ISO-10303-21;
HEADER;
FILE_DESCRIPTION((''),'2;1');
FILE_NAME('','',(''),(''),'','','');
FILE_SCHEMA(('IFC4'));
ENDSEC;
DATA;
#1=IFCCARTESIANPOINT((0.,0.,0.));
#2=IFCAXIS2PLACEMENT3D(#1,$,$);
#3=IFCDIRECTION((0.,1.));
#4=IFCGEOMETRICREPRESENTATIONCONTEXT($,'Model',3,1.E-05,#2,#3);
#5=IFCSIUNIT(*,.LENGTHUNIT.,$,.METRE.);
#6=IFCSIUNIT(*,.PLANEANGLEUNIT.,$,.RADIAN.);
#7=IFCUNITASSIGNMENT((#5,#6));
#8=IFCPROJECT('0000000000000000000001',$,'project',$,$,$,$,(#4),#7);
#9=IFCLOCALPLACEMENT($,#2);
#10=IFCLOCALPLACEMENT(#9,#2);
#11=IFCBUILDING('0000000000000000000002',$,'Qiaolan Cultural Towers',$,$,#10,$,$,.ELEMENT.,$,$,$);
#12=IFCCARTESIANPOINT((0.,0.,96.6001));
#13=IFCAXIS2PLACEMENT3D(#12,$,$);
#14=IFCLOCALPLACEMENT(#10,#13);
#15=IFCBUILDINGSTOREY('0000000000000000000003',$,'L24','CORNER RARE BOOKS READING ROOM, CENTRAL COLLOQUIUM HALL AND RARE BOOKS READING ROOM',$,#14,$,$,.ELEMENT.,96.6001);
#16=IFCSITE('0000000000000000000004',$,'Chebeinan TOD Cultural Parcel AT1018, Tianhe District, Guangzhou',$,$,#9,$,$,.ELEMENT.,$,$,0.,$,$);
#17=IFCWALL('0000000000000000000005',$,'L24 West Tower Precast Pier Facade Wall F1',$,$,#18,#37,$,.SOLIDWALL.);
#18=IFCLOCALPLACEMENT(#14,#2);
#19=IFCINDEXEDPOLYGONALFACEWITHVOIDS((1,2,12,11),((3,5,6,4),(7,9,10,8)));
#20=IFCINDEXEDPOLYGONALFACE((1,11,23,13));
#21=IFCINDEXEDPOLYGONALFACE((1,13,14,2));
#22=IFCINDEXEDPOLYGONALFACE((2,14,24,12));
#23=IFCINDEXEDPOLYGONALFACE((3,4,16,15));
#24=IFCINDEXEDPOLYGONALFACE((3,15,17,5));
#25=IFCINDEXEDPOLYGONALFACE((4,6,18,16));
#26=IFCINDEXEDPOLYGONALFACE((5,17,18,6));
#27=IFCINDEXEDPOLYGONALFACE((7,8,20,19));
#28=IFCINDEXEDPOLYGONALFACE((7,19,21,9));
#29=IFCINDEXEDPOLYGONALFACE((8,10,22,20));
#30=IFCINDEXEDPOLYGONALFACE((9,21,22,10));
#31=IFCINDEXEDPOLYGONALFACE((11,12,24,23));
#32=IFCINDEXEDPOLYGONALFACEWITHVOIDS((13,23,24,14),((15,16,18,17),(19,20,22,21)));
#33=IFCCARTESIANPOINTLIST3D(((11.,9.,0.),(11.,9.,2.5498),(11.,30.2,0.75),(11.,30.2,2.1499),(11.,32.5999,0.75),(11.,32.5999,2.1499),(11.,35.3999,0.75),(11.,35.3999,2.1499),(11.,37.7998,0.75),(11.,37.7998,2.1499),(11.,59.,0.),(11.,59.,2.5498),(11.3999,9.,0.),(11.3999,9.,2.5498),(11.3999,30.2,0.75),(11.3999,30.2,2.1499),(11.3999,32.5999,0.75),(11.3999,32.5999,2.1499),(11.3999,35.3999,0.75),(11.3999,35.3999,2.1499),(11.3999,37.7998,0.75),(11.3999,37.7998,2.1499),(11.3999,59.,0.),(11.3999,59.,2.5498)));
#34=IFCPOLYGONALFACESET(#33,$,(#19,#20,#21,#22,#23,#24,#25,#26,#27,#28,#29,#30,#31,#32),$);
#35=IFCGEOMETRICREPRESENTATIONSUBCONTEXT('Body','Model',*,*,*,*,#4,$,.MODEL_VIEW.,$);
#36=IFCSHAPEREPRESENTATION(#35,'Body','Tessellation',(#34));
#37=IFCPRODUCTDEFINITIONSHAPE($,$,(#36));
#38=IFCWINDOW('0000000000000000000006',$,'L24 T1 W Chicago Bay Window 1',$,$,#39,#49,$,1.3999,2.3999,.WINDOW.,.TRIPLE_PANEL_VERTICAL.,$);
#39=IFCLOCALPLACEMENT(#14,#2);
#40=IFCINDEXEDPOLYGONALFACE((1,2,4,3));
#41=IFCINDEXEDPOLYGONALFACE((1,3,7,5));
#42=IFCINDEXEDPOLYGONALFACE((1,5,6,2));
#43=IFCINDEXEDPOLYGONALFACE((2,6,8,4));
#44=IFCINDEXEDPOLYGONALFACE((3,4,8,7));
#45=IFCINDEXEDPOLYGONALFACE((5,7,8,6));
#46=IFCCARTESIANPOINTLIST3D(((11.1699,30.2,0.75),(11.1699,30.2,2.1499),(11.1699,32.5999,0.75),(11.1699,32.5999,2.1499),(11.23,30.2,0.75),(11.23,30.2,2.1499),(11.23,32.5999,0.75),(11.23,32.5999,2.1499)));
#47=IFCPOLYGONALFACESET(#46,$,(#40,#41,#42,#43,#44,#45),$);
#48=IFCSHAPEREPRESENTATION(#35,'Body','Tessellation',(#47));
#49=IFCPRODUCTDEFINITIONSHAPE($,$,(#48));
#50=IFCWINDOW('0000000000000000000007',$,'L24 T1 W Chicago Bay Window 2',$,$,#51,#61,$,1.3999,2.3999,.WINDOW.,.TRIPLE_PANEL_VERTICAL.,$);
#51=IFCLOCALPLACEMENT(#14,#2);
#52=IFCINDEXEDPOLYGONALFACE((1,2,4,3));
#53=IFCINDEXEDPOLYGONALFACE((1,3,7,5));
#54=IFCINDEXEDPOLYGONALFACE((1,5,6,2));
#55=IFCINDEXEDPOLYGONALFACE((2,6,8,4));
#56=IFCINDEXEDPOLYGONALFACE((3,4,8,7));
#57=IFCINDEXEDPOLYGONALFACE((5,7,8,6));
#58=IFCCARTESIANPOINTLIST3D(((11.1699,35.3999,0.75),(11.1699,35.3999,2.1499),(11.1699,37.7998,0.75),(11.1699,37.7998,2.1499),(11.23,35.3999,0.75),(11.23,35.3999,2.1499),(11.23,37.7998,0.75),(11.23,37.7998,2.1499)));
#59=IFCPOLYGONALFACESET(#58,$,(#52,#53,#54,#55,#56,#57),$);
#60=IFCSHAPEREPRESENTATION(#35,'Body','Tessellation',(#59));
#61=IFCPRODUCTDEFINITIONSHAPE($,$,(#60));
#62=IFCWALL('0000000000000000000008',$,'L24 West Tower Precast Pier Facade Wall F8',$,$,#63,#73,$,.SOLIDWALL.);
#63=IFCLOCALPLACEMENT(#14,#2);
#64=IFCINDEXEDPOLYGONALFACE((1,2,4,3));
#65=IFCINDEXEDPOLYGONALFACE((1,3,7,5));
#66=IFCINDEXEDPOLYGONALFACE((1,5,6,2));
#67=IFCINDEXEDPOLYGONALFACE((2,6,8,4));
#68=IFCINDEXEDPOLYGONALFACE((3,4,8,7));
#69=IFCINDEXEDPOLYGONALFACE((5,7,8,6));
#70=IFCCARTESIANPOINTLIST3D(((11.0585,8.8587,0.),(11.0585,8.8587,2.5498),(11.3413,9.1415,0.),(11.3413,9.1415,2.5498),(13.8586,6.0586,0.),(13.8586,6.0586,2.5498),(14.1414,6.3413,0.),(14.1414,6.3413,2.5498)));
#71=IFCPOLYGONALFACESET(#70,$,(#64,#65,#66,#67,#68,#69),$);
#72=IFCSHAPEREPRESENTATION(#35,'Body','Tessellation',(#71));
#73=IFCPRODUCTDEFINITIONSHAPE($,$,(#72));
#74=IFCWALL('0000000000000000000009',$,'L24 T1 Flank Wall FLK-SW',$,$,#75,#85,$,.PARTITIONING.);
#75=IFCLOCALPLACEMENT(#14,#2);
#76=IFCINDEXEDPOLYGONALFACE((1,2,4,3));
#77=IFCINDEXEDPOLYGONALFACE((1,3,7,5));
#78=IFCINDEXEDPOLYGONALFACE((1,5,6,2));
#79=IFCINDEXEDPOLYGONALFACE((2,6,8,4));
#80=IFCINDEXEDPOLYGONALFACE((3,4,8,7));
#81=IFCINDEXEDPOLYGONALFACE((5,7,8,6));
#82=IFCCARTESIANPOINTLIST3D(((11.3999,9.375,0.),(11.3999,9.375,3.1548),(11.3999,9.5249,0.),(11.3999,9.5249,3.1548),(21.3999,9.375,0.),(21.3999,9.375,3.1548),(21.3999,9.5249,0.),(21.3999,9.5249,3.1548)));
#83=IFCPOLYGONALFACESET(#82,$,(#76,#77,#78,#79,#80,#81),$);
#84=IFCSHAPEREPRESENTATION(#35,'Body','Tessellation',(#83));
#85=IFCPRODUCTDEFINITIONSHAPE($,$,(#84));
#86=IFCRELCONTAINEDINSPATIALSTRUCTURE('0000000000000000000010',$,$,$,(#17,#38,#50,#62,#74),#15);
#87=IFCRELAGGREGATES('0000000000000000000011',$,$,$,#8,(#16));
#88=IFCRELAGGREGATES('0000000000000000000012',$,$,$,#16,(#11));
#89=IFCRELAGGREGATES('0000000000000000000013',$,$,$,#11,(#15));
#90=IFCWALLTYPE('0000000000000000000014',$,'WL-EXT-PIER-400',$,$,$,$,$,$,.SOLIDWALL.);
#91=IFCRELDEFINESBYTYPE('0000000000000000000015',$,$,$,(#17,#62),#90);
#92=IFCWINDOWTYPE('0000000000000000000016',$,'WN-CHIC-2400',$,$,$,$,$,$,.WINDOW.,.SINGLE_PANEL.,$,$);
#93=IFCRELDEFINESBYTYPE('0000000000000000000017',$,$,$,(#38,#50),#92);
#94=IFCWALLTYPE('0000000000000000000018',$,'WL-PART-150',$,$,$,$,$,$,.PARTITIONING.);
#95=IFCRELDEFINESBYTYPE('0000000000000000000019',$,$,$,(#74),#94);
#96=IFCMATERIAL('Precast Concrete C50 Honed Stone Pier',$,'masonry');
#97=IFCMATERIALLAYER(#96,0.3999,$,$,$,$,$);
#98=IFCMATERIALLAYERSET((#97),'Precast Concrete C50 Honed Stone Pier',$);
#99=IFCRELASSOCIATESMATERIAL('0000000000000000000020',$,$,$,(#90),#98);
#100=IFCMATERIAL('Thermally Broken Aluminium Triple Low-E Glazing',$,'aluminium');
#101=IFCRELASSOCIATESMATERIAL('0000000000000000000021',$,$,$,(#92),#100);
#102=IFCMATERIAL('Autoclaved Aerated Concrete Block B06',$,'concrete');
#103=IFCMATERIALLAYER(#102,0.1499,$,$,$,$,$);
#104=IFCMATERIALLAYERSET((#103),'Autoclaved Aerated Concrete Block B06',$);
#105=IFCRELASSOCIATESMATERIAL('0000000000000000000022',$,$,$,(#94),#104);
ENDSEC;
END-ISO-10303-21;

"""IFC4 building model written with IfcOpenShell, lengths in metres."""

from ifc_helpers import new_model, si_unit, direction, frame, frame_2d, origin, place, context, subcontext, project, spatial, rectangle, extrude, material, layer, layer_set, type_object, element, fill, save


model = new_model("IFC4")

# Units and contexts
model_context = context("Model", 3, precision=1e-05, world=origin(), true_north=direction((0.0, 1.0)))
body_context = subcontext(model_context, "Body", "Model", "MODEL_VIEW")
ifc_project = project(units=[si_unit("LENGTHUNIT", "METRE"), si_unit("PLANEANGLEUNIT", "RADIAN")], contexts=[model_context])

# Site, building, storey
site_placement = place(None, origin())
site = spatial("IfcSite", under=ifc_project, at=site_placement, Name="Chebeinan TOD Cultural Parcel AT1018, Tianhe District, Guangzhou", CompositionType="ELEMENT", RefElevation=0.0)
building_placement = place(site_placement, origin())
building = spatial("IfcBuilding", under=site, at=building_placement, Name="Qiaolan Cultural Towers", CompositionType="ELEMENT")
storey_placement = place(building_placement, frame((0.0, 0.0, 96.6001)))
storey = spatial("IfcBuildingStorey", under=building, at=storey_placement, Name="L24", Description="CORNER RARE BOOKS READING ROOM, CENTRAL COLLOQUIUM HALL AND RARE BOOKS READING ROOM", CompositionType="ELEMENT", Elevation=96.6001)

# Wall, openings, windows
ifc_material_1 = material(Name="Precast Concrete C50 Honed Stone Pier", Category="masonry")
ifc_layer_1 = layer(ifc_material_1, 0.3999)
ifc_layer_set_1 = layer_set([ifc_layer_1], Name="Precast Concrete C50 Honed Stone Pier")
wall_type_1 = type_object("IfcWallType", Name="WL-EXT-PIER-400", PredefinedType="SOLIDWALL", material=ifc_layer_set_1)
wall_1_placement = place(storey_placement, frame((11.2, 9.0, 0.0), z_axis=(0.0, 0.0, 1.0), x_axis=(0.0, 1.0, 0.0)))
wall_1 = element("IfcWall", 1, at=wall_1_placement, inside=storey, type_object=wall_type_1, Name="L24 West Tower Precast Pier Facade Wall F1", PredefinedType="SOLIDWALL", context=body_context, shape_type="SweptSolid", body=[
    extrude(rectangle(XDim=50.0, YDim=0.3999, at=frame_2d((25.0, 0.0))), origin(), (0.0, 0.0, 1.0), 2.5498),
])
opening_1_placement = place(wall_1_placement, frame((21.2, 0.0, 0.75)))
opening_1 = element("IfcOpeningElement", 2, at=opening_1_placement, cuts=wall_1, PredefinedType="OPENING", context=body_context, shape_type="SweptSolid", body=[
    extrude(rectangle(XDim=2.3999, YDim=1.3999, at=frame_2d((1.2, 0.7))), frame((0.0, 0.21, 0.0), z_axis=(0.0, -1.0, 0.0), x_axis=(1.0, 0.0, 0.0)), (0.0, 0.0, 1.0), 0.4199),
])
opening_2_placement = place(wall_1_placement, frame((26.3999, 0.0, 0.75)))
opening_2 = element("IfcOpeningElement", 3, at=opening_2_placement, cuts=wall_1, PredefinedType="OPENING", context=body_context, shape_type="SweptSolid", body=[
    extrude(rectangle(XDim=2.3999, YDim=1.3999, at=frame_2d((1.2, 0.7))), frame((0.0, 0.21, 0.0), z_axis=(0.0, -1.0, 0.0), x_axis=(1.0, 0.0, 0.0)), (0.0, 0.0, 1.0), 0.4199),
])
ifc_material_2 = material(Name="Thermally Broken Aluminium Triple Low-E Glazing", Category="aluminium")
window_type = type_object("IfcWindowType", Name="WN-CHIC-2400", PartitioningType="SINGLE_PANEL", PredefinedType="WINDOW", material=ifc_material_2)
window_1_placement = place(opening_1_placement, origin())
window_1 = element("IfcWindow", 4, at=window_1_placement, inside=storey, type_object=window_type, Name="L24 T1 W Chicago Bay Window 1", OverallHeight=1.3999, OverallWidth=2.3999, PartitioningType="TRIPLE_PANEL_VERTICAL", PredefinedType="WINDOW", context=body_context, shape_type="SweptSolid", body=[
    extrude(rectangle(XDim=2.3999, YDim=1.3999, at=frame_2d((1.2, 0.7))), frame((0.0, 0.03, 0.0), z_axis=(0.0, -1.0, 0.0), x_axis=(1.0, 0.0, 0.0)), (0.0, 0.0, 1.0), 0.0601),
])
fill(opening_1, window_1)
window_2_placement = place(opening_2_placement, origin())
window_2 = element("IfcWindow", 5, at=window_2_placement, inside=storey, type_object=window_type, Name="L24 T1 W Chicago Bay Window 2", OverallHeight=1.3999, OverallWidth=2.3999, PartitioningType="TRIPLE_PANEL_VERTICAL", PredefinedType="WINDOW", context=body_context, shape_type="SweptSolid", body=[
    extrude(rectangle(XDim=2.3999, YDim=1.3999, at=frame_2d((1.2, 0.7))), frame((0.0, 0.03, 0.0), z_axis=(0.0, -1.0, 0.0), x_axis=(1.0, 0.0, 0.0)), (0.0, 0.0, 1.0), 0.0601),
])
fill(opening_2, window_2)

# Walls
wall_2_placement = place(storey_placement, frame((14.0, 6.2, 0.0), z_axis=(0.0, 0.0, 1.0), x_axis=(-0.707107, 0.707107, 0.0)))
element("IfcWall", 6, at=wall_2_placement, inside=storey, type_object=wall_type_1, Name="L24 West Tower Precast Pier Facade Wall F8", PredefinedType="SOLIDWALL", context=body_context, shape_type="SweptSolid", body=[
    extrude(rectangle(XDim=3.96, YDim=0.3999, at=frame_2d((1.98, 0.0))), origin(), (0.0, 0.0, 1.0), 2.5498),
])
ifc_material_3 = material(Name="Autoclaved Aerated Concrete Block B06", Category="concrete")
ifc_layer_2 = layer(ifc_material_3, 0.1499)
ifc_layer_set_2 = layer_set([ifc_layer_2], Name="Autoclaved Aerated Concrete Block B06")
wall_type_2 = type_object("IfcWallType", Name="WL-PART-150", PredefinedType="PARTITIONING", material=ifc_layer_set_2)
wall_3_placement = place(storey_placement, frame((11.3999, 9.45, 0.0), z_axis=(0.0, 0.0, 1.0), x_axis=(1.0, 0.0, 0.0)))
element("IfcWall", 7, at=wall_3_placement, inside=storey, type_object=wall_type_2, Name="L24 T1 Flank Wall FLK-SW", PredefinedType="PARTITIONING", context=body_context, shape_type="SweptSolid", body=[
    extrude(rectangle(XDim=10.0, YDim=0.1499, at=frame_2d((5.0, 0.0))), origin(), (0.0, 0.0, 1.0), 3.1548),
])

save(model, "model.ifc")
